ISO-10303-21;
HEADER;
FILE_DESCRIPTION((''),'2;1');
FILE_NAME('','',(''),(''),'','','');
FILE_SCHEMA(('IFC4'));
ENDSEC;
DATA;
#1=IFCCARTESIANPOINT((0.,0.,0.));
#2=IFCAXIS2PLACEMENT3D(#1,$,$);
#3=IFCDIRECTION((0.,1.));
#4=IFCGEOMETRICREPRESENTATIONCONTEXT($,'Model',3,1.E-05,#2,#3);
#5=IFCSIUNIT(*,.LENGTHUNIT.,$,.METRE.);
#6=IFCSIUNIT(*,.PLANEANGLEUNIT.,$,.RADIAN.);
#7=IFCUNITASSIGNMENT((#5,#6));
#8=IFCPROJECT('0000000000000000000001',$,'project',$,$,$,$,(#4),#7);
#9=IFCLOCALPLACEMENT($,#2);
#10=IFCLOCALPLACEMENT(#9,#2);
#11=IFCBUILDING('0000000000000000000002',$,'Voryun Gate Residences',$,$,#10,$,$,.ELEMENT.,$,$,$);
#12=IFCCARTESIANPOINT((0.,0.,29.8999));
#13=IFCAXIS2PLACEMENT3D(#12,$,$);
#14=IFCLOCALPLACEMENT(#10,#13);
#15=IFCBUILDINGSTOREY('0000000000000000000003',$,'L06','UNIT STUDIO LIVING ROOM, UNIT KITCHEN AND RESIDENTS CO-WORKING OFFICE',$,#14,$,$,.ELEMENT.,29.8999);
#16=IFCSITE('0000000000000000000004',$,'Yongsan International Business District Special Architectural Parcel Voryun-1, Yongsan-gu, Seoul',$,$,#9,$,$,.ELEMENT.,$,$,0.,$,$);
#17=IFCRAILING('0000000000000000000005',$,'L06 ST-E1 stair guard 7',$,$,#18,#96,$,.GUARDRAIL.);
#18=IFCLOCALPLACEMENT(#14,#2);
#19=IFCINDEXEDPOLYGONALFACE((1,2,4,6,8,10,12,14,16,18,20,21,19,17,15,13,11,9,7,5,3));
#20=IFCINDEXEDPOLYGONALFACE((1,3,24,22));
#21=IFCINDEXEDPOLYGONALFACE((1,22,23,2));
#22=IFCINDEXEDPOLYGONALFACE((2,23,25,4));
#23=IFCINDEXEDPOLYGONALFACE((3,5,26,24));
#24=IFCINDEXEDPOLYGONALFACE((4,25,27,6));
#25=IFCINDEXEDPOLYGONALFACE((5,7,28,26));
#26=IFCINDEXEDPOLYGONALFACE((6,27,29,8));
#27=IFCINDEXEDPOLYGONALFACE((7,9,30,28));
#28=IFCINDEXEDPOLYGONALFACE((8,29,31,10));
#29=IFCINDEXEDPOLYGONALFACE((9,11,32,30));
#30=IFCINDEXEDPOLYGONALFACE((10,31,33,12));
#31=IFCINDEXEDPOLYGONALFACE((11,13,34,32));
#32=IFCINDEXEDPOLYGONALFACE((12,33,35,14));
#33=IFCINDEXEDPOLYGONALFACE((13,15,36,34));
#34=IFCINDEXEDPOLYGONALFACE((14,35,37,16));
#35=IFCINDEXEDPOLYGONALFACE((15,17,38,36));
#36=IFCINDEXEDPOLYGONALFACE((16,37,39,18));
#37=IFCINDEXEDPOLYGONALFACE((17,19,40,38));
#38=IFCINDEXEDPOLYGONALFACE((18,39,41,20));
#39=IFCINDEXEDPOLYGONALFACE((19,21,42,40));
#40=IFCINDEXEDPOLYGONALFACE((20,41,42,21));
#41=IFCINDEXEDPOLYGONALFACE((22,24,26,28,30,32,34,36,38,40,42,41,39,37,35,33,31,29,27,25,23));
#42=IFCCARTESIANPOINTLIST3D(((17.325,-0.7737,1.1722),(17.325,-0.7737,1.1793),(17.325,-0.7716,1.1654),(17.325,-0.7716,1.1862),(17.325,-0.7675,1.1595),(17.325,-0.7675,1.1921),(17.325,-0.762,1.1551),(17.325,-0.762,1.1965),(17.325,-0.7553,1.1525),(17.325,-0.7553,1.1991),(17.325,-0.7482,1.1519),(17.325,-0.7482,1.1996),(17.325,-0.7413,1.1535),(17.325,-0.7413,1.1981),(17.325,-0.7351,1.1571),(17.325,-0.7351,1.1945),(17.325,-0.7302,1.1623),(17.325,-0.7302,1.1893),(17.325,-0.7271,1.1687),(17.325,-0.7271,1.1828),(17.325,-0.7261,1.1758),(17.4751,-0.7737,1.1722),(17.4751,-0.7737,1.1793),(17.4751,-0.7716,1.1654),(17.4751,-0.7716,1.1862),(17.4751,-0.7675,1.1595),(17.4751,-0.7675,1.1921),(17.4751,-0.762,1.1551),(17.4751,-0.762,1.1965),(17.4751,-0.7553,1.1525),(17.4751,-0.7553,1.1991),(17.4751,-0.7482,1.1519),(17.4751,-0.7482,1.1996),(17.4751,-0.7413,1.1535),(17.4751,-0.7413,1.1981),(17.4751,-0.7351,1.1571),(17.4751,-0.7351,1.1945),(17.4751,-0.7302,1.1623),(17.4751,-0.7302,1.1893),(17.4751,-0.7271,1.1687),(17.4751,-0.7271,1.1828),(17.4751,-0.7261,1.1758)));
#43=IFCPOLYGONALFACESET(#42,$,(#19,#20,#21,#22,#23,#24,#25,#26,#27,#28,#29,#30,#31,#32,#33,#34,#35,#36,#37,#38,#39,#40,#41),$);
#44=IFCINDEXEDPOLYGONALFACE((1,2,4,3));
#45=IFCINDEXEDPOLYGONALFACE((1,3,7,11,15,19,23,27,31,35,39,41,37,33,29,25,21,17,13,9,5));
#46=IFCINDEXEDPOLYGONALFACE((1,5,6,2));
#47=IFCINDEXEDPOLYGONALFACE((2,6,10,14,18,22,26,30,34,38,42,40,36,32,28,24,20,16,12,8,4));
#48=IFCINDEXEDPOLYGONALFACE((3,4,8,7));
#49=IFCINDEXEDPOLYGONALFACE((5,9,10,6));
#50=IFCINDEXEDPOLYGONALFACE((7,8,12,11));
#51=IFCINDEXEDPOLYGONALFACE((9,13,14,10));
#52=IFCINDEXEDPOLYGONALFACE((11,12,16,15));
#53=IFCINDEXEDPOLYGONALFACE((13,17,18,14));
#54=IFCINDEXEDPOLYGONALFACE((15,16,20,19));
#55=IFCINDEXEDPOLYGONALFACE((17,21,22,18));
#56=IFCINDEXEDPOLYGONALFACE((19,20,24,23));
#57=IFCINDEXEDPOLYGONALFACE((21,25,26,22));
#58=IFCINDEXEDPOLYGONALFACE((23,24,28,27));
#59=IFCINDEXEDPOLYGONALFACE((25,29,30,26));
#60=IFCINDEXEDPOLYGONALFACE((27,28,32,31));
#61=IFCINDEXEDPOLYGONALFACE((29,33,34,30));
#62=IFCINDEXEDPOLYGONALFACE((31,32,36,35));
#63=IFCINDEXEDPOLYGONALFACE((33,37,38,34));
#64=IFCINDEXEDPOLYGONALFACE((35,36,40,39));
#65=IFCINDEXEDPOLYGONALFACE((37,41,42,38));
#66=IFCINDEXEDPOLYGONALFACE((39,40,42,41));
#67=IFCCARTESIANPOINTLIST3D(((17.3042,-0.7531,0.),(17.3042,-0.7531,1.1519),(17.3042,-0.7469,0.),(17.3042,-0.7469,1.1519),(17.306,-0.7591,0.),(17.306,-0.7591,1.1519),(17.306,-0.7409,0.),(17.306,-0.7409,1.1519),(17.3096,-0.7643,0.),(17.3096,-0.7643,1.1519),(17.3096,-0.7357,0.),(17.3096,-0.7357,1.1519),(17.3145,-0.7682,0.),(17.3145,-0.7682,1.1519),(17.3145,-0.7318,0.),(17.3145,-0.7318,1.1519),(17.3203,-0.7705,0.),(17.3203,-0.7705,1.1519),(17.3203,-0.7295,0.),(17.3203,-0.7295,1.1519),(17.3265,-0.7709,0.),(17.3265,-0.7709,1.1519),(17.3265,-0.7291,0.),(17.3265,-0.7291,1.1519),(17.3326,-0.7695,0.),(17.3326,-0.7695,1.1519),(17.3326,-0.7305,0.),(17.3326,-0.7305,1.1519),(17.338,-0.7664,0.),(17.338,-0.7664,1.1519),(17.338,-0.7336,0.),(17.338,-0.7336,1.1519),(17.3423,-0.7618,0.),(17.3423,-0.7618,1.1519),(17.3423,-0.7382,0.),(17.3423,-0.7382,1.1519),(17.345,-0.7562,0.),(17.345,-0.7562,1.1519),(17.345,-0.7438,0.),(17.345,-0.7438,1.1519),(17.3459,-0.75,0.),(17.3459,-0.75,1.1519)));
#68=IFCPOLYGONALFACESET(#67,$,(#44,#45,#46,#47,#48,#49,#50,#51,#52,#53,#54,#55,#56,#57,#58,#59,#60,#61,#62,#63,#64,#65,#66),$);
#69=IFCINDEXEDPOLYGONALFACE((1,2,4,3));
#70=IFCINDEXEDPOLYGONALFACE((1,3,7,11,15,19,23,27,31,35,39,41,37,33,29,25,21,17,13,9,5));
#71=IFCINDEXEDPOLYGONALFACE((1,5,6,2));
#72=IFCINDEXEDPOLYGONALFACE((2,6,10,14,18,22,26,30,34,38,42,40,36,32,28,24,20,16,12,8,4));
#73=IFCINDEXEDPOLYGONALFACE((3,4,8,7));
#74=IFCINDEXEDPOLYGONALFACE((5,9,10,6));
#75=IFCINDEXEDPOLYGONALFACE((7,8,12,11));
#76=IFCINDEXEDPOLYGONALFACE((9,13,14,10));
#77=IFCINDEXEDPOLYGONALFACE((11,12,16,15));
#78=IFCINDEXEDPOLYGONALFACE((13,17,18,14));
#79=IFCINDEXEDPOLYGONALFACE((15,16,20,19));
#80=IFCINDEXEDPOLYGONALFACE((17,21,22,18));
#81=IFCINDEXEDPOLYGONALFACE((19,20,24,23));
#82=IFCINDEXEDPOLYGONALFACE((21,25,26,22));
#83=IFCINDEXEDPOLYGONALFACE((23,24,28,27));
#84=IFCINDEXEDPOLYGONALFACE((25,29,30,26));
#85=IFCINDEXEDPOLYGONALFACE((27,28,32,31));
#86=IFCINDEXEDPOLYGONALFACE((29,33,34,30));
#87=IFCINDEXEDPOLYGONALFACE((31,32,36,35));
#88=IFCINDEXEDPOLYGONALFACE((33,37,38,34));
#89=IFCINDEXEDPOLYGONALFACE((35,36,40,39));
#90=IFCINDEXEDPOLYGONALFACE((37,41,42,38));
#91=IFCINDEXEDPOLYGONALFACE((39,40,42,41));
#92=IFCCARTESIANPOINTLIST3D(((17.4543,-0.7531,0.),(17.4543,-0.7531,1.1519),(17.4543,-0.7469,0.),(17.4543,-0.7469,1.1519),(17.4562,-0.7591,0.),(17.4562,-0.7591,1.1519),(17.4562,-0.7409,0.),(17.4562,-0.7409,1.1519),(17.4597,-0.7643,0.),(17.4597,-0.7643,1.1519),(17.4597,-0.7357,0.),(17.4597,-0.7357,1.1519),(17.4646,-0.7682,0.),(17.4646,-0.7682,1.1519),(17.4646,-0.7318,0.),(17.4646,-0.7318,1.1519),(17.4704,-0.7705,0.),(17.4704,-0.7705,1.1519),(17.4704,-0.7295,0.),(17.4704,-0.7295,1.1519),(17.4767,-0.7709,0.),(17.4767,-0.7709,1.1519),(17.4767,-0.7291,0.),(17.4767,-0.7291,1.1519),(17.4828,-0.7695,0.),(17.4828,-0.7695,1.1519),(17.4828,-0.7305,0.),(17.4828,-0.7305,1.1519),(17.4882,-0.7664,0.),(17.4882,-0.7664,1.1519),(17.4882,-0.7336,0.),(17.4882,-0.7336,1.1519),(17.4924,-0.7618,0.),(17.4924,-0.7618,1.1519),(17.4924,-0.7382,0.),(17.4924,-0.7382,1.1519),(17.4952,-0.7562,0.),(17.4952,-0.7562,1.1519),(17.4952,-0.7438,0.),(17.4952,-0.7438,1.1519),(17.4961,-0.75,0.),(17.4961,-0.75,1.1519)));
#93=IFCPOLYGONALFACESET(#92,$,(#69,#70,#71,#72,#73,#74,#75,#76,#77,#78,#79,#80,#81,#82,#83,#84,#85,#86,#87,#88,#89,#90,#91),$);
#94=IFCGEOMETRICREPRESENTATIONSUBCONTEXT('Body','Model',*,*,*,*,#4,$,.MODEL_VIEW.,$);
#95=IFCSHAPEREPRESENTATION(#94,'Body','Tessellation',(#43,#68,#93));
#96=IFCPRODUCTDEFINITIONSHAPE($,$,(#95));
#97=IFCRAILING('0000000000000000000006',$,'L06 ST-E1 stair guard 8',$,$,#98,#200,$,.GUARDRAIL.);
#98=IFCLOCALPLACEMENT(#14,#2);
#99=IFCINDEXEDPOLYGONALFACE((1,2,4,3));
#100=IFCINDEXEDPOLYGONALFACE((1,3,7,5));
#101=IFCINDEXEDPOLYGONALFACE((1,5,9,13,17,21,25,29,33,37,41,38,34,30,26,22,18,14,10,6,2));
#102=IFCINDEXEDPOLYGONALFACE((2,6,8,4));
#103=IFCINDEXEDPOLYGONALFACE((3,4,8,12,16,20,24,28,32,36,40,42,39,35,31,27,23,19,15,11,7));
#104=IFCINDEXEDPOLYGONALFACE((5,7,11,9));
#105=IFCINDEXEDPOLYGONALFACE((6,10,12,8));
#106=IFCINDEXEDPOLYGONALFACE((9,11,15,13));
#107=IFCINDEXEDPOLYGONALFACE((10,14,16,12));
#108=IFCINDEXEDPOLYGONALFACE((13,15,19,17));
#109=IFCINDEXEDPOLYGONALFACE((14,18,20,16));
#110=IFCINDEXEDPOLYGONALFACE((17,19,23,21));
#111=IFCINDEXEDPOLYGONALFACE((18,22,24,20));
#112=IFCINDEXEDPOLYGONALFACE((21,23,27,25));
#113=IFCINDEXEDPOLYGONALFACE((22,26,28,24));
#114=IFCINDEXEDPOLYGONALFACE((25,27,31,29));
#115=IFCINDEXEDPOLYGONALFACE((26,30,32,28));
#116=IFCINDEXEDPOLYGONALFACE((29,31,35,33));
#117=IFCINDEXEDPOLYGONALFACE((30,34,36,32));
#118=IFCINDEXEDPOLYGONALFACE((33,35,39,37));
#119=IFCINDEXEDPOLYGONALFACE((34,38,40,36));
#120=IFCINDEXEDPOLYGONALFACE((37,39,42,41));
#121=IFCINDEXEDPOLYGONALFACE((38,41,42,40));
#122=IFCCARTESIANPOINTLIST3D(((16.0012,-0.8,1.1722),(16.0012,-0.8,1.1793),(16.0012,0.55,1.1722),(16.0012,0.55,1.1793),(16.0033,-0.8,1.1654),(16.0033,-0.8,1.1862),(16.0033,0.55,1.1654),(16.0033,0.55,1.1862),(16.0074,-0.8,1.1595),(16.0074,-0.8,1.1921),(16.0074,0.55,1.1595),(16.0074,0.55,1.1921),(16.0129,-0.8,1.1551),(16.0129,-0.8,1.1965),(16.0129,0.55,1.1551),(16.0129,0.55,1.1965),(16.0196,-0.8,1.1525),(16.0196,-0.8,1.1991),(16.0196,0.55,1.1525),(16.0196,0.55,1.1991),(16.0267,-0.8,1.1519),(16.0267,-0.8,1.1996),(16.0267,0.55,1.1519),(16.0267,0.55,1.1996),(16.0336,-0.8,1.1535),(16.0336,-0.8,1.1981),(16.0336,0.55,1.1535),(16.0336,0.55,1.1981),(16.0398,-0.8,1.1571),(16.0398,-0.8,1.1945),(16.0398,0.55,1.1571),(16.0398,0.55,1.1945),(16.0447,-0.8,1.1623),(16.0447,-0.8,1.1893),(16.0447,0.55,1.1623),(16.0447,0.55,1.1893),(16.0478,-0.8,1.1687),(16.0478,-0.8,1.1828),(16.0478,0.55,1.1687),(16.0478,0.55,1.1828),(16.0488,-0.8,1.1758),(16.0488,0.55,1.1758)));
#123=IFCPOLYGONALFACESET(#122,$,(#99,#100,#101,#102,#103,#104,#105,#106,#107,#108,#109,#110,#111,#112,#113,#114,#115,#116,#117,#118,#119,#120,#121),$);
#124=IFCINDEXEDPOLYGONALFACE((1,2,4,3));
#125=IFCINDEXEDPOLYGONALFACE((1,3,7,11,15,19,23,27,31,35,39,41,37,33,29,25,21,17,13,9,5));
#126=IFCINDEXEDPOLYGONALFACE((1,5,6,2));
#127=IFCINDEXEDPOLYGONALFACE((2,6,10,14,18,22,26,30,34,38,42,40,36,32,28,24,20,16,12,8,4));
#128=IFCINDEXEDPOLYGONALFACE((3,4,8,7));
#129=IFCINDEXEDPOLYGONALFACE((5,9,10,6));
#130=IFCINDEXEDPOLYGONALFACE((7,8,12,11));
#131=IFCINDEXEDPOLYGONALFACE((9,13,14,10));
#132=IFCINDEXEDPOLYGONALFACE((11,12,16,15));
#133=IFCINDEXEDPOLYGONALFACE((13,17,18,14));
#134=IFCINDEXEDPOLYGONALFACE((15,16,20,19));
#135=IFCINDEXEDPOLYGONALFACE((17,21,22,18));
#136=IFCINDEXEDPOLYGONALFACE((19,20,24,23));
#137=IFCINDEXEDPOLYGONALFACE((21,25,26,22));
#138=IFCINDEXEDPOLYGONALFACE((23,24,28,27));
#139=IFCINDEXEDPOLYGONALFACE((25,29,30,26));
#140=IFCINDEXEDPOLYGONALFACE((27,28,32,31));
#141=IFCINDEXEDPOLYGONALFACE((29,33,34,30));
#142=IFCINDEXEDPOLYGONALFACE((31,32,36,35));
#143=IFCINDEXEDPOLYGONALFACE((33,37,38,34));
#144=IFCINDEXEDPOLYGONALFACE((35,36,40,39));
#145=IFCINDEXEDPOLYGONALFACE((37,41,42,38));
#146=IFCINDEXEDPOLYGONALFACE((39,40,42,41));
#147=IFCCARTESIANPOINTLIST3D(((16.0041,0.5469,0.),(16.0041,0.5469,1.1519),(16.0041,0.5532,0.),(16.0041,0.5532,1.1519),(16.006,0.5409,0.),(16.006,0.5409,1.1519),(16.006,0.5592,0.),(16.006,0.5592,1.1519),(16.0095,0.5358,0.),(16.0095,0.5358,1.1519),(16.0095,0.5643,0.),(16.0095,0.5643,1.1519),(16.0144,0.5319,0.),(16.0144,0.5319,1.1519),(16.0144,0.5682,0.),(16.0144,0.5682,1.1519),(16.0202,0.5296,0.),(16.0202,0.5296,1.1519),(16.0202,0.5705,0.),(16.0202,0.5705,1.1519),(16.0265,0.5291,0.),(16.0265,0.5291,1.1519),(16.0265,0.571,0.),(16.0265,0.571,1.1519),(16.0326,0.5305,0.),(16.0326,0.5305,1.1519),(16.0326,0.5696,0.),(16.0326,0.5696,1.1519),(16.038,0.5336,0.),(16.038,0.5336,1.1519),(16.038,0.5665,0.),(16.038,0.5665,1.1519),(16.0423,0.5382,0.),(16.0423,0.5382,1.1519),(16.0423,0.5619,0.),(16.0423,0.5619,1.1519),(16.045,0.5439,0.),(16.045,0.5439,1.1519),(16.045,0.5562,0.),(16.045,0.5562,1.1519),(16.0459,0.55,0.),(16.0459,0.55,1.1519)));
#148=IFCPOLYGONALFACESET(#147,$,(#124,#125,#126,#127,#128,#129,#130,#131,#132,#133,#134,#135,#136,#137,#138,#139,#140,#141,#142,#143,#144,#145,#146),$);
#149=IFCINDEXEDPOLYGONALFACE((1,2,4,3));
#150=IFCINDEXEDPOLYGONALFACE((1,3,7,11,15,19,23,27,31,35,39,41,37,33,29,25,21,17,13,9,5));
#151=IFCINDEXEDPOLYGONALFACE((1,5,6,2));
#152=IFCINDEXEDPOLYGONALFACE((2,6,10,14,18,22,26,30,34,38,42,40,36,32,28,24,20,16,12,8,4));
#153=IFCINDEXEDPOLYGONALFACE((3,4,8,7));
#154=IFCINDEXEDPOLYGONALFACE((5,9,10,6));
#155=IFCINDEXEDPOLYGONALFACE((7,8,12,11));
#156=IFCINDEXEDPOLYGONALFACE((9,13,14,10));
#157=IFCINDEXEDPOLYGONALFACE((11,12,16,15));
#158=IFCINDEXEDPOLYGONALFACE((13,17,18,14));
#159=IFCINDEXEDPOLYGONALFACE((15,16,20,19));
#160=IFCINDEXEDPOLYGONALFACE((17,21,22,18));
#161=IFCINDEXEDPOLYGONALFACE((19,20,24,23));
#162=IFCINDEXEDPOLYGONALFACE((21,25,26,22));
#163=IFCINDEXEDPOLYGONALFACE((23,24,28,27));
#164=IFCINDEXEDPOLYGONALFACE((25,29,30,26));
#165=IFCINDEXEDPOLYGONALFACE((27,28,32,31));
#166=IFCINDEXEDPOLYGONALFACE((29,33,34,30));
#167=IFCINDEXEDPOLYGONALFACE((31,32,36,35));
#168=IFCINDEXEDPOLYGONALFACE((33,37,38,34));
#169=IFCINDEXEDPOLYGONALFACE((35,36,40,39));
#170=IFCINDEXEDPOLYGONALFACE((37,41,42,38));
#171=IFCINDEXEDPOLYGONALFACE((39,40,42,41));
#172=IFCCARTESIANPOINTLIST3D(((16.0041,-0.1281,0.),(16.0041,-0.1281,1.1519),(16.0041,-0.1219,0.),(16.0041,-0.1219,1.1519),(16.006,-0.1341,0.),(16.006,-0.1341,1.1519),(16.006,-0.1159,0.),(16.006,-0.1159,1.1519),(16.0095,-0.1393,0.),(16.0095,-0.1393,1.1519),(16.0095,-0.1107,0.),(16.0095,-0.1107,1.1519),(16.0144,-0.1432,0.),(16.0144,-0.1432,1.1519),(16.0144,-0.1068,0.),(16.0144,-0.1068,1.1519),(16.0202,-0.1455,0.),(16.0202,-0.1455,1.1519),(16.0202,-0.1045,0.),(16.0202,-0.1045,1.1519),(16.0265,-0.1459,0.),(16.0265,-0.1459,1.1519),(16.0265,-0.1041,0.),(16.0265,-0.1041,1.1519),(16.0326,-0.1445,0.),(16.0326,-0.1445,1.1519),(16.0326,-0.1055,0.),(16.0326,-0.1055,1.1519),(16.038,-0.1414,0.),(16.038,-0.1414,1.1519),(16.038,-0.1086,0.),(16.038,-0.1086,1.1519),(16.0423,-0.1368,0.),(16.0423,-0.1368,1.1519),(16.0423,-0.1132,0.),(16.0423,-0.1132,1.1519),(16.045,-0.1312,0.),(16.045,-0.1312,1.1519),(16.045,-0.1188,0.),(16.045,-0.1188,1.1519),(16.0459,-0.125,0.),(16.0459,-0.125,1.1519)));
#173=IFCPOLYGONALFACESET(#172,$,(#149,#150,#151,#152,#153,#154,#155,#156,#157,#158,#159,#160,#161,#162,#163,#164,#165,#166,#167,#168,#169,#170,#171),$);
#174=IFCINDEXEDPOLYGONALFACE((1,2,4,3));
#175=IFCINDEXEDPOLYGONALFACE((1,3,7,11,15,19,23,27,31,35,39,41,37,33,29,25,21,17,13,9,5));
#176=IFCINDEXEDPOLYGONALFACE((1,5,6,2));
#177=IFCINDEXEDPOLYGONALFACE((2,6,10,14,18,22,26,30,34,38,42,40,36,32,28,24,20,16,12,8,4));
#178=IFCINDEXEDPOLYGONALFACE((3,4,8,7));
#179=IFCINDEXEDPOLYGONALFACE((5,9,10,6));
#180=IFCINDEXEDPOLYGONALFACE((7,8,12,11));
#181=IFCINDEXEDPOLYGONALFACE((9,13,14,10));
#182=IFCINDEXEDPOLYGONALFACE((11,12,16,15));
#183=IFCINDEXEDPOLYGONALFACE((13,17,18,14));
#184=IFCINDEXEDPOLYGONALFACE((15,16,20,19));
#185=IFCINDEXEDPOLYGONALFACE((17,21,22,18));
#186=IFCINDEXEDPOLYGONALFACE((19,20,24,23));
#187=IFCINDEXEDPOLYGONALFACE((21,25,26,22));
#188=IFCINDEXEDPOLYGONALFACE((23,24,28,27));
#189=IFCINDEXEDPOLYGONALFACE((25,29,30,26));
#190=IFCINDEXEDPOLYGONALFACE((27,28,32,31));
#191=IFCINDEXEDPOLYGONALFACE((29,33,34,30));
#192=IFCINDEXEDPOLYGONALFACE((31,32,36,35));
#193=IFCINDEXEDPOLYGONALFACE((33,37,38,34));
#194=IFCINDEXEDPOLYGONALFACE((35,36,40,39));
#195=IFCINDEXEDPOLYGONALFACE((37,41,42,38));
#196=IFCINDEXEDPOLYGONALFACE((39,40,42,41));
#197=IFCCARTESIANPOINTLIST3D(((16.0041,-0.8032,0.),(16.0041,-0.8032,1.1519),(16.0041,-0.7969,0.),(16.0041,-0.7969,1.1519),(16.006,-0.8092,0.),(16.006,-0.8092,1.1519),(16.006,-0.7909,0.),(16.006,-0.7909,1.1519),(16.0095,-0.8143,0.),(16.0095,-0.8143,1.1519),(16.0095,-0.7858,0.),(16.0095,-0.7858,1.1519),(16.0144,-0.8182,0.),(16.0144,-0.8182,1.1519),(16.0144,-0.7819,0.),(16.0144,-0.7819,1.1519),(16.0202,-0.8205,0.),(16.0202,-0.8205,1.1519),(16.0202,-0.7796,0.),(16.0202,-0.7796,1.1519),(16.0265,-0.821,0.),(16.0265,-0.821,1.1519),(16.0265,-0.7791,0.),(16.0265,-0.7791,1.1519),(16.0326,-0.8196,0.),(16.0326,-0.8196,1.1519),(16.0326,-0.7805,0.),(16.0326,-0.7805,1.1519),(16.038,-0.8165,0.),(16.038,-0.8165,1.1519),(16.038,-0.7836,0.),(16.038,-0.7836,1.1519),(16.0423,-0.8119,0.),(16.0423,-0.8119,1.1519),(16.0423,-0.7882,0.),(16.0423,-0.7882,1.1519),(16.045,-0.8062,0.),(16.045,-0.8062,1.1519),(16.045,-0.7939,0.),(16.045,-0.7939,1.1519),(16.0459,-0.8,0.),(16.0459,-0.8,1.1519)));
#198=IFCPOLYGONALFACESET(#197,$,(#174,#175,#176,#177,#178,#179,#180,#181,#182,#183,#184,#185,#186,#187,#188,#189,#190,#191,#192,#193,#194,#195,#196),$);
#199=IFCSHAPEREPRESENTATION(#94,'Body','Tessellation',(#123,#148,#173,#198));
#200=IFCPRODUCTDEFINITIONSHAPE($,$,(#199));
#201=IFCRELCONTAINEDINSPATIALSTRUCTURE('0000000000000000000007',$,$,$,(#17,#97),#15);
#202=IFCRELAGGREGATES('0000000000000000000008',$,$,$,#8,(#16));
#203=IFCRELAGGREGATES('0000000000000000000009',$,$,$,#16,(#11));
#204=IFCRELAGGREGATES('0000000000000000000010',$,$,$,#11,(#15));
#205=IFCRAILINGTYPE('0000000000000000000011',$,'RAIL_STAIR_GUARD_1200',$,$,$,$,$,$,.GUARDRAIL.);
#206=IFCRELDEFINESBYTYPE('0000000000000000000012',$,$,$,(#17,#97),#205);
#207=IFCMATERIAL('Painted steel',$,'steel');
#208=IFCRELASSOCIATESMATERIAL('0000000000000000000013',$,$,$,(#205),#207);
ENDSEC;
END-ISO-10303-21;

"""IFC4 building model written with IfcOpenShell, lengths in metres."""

from ifc_helpers import new_model, si_unit, direction, frame, origin, origin_2d, place, context, subcontext, project, spatial, circle, extrude, material, type_object, element, save


model = new_model("IFC4")

# Units and contexts
model_context = context("Model", 3, precision=1e-05, world=origin(), true_north=direction((0.0, 1.0)))
body_context = subcontext(model_context, "Body", "Model", "MODEL_VIEW")
ifc_project = project(units=[si_unit("LENGTHUNIT", "METRE"), si_unit("PLANEANGLEUNIT", "RADIAN")], contexts=[model_context])

# Site, building, storey
site_placement = place(None, origin())
site = spatial("IfcSite", under=ifc_project, at=site_placement, Name="Yongsan International Business District Special Architectural Parcel Voryun-1, Yongsan-gu, Seoul", CompositionType="ELEMENT", RefElevation=0.0)
building_placement = place(site_placement, origin())
building = spatial("IfcBuilding", under=site, at=building_placement, Name="Voryun Gate Residences", CompositionType="ELEMENT")
storey_placement = place(building_placement, frame((0.0, 0.0, 29.8999)))
storey = spatial("IfcBuildingStorey", under=building, at=storey_placement, Name="L06", Description="UNIT STUDIO LIVING ROOM, UNIT KITCHEN AND RESIDENTS CO-WORKING OFFICE", CompositionType="ELEMENT", Elevation=29.8999)

# Railings
ifc_material_1 = material(Name="Painted steel", Category="steel")
railing_type = type_object("IfcRailingType", Name="RAIL_STAIR_GUARD_1200", PredefinedType="GUARDRAIL", material=ifc_material_1)
railing_1_placement = place(storey_placement, frame((17.325, -0.75, 0.0)))
element("IfcRailing", 1, at=railing_1_placement, inside=storey, type_object=railing_type, Name="L06 ST-E1 stair guard 7", PredefinedType="GUARDRAIL", context=body_context, shape_type="SweptSolid", body=[
    extrude(circle(Radius=0.0239, at=origin_2d()), frame((0.0, 0.0, 1.1758), z_axis=(1.0, 0.0, 0.0), x_axis=(0.0, 1.0, 0.0)), (0.0, 0.0, 1.0), 0.1501),
    extrude(circle(Radius=0.021, at=origin_2d()), origin(), (0.0, 0.0, 1.0), 1.1519),
    extrude(circle(Radius=0.021, at=origin_2d()), frame((0.1501, 0.0, 0.0)), (0.0, 0.0, 1.0), 1.1519),
])
for number, where, name in (
    (2, (16.0249, 0.55, 0.0), "L06 ST-E1 stair guard 8"),
):
    element("IfcRailing", number, at=place(storey_placement, frame(where)), inside=storey, type_object=railing_type, Name=name, PredefinedType="GUARDRAIL", context=body_context, shape_type="SweptSolid", body=[
        extrude(circle(Radius=0.0239, at=origin_2d()), frame((0.0, 0.0, 1.1758), z_axis=(0.0, -1.0, 0.0), x_axis=(1.0, 0.0, 0.0)), (0.0, 0.0, 1.0), 1.3501),
        extrude(circle(Radius=0.021, at=origin_2d()), origin(), (0.0, 0.0, 1.0), 1.1519),
        extrude(circle(Radius=0.021, at=origin_2d()), frame((0.0, -0.675, 0.0)), (0.0, 0.0, 1.0), 1.1519),
        extrude(circle(Radius=0.021, at=origin_2d()), frame((0.0, -1.3501, 0.0)), (0.0, 0.0, 1.0), 1.1519),
    ])

save(model, "model.ifc")
